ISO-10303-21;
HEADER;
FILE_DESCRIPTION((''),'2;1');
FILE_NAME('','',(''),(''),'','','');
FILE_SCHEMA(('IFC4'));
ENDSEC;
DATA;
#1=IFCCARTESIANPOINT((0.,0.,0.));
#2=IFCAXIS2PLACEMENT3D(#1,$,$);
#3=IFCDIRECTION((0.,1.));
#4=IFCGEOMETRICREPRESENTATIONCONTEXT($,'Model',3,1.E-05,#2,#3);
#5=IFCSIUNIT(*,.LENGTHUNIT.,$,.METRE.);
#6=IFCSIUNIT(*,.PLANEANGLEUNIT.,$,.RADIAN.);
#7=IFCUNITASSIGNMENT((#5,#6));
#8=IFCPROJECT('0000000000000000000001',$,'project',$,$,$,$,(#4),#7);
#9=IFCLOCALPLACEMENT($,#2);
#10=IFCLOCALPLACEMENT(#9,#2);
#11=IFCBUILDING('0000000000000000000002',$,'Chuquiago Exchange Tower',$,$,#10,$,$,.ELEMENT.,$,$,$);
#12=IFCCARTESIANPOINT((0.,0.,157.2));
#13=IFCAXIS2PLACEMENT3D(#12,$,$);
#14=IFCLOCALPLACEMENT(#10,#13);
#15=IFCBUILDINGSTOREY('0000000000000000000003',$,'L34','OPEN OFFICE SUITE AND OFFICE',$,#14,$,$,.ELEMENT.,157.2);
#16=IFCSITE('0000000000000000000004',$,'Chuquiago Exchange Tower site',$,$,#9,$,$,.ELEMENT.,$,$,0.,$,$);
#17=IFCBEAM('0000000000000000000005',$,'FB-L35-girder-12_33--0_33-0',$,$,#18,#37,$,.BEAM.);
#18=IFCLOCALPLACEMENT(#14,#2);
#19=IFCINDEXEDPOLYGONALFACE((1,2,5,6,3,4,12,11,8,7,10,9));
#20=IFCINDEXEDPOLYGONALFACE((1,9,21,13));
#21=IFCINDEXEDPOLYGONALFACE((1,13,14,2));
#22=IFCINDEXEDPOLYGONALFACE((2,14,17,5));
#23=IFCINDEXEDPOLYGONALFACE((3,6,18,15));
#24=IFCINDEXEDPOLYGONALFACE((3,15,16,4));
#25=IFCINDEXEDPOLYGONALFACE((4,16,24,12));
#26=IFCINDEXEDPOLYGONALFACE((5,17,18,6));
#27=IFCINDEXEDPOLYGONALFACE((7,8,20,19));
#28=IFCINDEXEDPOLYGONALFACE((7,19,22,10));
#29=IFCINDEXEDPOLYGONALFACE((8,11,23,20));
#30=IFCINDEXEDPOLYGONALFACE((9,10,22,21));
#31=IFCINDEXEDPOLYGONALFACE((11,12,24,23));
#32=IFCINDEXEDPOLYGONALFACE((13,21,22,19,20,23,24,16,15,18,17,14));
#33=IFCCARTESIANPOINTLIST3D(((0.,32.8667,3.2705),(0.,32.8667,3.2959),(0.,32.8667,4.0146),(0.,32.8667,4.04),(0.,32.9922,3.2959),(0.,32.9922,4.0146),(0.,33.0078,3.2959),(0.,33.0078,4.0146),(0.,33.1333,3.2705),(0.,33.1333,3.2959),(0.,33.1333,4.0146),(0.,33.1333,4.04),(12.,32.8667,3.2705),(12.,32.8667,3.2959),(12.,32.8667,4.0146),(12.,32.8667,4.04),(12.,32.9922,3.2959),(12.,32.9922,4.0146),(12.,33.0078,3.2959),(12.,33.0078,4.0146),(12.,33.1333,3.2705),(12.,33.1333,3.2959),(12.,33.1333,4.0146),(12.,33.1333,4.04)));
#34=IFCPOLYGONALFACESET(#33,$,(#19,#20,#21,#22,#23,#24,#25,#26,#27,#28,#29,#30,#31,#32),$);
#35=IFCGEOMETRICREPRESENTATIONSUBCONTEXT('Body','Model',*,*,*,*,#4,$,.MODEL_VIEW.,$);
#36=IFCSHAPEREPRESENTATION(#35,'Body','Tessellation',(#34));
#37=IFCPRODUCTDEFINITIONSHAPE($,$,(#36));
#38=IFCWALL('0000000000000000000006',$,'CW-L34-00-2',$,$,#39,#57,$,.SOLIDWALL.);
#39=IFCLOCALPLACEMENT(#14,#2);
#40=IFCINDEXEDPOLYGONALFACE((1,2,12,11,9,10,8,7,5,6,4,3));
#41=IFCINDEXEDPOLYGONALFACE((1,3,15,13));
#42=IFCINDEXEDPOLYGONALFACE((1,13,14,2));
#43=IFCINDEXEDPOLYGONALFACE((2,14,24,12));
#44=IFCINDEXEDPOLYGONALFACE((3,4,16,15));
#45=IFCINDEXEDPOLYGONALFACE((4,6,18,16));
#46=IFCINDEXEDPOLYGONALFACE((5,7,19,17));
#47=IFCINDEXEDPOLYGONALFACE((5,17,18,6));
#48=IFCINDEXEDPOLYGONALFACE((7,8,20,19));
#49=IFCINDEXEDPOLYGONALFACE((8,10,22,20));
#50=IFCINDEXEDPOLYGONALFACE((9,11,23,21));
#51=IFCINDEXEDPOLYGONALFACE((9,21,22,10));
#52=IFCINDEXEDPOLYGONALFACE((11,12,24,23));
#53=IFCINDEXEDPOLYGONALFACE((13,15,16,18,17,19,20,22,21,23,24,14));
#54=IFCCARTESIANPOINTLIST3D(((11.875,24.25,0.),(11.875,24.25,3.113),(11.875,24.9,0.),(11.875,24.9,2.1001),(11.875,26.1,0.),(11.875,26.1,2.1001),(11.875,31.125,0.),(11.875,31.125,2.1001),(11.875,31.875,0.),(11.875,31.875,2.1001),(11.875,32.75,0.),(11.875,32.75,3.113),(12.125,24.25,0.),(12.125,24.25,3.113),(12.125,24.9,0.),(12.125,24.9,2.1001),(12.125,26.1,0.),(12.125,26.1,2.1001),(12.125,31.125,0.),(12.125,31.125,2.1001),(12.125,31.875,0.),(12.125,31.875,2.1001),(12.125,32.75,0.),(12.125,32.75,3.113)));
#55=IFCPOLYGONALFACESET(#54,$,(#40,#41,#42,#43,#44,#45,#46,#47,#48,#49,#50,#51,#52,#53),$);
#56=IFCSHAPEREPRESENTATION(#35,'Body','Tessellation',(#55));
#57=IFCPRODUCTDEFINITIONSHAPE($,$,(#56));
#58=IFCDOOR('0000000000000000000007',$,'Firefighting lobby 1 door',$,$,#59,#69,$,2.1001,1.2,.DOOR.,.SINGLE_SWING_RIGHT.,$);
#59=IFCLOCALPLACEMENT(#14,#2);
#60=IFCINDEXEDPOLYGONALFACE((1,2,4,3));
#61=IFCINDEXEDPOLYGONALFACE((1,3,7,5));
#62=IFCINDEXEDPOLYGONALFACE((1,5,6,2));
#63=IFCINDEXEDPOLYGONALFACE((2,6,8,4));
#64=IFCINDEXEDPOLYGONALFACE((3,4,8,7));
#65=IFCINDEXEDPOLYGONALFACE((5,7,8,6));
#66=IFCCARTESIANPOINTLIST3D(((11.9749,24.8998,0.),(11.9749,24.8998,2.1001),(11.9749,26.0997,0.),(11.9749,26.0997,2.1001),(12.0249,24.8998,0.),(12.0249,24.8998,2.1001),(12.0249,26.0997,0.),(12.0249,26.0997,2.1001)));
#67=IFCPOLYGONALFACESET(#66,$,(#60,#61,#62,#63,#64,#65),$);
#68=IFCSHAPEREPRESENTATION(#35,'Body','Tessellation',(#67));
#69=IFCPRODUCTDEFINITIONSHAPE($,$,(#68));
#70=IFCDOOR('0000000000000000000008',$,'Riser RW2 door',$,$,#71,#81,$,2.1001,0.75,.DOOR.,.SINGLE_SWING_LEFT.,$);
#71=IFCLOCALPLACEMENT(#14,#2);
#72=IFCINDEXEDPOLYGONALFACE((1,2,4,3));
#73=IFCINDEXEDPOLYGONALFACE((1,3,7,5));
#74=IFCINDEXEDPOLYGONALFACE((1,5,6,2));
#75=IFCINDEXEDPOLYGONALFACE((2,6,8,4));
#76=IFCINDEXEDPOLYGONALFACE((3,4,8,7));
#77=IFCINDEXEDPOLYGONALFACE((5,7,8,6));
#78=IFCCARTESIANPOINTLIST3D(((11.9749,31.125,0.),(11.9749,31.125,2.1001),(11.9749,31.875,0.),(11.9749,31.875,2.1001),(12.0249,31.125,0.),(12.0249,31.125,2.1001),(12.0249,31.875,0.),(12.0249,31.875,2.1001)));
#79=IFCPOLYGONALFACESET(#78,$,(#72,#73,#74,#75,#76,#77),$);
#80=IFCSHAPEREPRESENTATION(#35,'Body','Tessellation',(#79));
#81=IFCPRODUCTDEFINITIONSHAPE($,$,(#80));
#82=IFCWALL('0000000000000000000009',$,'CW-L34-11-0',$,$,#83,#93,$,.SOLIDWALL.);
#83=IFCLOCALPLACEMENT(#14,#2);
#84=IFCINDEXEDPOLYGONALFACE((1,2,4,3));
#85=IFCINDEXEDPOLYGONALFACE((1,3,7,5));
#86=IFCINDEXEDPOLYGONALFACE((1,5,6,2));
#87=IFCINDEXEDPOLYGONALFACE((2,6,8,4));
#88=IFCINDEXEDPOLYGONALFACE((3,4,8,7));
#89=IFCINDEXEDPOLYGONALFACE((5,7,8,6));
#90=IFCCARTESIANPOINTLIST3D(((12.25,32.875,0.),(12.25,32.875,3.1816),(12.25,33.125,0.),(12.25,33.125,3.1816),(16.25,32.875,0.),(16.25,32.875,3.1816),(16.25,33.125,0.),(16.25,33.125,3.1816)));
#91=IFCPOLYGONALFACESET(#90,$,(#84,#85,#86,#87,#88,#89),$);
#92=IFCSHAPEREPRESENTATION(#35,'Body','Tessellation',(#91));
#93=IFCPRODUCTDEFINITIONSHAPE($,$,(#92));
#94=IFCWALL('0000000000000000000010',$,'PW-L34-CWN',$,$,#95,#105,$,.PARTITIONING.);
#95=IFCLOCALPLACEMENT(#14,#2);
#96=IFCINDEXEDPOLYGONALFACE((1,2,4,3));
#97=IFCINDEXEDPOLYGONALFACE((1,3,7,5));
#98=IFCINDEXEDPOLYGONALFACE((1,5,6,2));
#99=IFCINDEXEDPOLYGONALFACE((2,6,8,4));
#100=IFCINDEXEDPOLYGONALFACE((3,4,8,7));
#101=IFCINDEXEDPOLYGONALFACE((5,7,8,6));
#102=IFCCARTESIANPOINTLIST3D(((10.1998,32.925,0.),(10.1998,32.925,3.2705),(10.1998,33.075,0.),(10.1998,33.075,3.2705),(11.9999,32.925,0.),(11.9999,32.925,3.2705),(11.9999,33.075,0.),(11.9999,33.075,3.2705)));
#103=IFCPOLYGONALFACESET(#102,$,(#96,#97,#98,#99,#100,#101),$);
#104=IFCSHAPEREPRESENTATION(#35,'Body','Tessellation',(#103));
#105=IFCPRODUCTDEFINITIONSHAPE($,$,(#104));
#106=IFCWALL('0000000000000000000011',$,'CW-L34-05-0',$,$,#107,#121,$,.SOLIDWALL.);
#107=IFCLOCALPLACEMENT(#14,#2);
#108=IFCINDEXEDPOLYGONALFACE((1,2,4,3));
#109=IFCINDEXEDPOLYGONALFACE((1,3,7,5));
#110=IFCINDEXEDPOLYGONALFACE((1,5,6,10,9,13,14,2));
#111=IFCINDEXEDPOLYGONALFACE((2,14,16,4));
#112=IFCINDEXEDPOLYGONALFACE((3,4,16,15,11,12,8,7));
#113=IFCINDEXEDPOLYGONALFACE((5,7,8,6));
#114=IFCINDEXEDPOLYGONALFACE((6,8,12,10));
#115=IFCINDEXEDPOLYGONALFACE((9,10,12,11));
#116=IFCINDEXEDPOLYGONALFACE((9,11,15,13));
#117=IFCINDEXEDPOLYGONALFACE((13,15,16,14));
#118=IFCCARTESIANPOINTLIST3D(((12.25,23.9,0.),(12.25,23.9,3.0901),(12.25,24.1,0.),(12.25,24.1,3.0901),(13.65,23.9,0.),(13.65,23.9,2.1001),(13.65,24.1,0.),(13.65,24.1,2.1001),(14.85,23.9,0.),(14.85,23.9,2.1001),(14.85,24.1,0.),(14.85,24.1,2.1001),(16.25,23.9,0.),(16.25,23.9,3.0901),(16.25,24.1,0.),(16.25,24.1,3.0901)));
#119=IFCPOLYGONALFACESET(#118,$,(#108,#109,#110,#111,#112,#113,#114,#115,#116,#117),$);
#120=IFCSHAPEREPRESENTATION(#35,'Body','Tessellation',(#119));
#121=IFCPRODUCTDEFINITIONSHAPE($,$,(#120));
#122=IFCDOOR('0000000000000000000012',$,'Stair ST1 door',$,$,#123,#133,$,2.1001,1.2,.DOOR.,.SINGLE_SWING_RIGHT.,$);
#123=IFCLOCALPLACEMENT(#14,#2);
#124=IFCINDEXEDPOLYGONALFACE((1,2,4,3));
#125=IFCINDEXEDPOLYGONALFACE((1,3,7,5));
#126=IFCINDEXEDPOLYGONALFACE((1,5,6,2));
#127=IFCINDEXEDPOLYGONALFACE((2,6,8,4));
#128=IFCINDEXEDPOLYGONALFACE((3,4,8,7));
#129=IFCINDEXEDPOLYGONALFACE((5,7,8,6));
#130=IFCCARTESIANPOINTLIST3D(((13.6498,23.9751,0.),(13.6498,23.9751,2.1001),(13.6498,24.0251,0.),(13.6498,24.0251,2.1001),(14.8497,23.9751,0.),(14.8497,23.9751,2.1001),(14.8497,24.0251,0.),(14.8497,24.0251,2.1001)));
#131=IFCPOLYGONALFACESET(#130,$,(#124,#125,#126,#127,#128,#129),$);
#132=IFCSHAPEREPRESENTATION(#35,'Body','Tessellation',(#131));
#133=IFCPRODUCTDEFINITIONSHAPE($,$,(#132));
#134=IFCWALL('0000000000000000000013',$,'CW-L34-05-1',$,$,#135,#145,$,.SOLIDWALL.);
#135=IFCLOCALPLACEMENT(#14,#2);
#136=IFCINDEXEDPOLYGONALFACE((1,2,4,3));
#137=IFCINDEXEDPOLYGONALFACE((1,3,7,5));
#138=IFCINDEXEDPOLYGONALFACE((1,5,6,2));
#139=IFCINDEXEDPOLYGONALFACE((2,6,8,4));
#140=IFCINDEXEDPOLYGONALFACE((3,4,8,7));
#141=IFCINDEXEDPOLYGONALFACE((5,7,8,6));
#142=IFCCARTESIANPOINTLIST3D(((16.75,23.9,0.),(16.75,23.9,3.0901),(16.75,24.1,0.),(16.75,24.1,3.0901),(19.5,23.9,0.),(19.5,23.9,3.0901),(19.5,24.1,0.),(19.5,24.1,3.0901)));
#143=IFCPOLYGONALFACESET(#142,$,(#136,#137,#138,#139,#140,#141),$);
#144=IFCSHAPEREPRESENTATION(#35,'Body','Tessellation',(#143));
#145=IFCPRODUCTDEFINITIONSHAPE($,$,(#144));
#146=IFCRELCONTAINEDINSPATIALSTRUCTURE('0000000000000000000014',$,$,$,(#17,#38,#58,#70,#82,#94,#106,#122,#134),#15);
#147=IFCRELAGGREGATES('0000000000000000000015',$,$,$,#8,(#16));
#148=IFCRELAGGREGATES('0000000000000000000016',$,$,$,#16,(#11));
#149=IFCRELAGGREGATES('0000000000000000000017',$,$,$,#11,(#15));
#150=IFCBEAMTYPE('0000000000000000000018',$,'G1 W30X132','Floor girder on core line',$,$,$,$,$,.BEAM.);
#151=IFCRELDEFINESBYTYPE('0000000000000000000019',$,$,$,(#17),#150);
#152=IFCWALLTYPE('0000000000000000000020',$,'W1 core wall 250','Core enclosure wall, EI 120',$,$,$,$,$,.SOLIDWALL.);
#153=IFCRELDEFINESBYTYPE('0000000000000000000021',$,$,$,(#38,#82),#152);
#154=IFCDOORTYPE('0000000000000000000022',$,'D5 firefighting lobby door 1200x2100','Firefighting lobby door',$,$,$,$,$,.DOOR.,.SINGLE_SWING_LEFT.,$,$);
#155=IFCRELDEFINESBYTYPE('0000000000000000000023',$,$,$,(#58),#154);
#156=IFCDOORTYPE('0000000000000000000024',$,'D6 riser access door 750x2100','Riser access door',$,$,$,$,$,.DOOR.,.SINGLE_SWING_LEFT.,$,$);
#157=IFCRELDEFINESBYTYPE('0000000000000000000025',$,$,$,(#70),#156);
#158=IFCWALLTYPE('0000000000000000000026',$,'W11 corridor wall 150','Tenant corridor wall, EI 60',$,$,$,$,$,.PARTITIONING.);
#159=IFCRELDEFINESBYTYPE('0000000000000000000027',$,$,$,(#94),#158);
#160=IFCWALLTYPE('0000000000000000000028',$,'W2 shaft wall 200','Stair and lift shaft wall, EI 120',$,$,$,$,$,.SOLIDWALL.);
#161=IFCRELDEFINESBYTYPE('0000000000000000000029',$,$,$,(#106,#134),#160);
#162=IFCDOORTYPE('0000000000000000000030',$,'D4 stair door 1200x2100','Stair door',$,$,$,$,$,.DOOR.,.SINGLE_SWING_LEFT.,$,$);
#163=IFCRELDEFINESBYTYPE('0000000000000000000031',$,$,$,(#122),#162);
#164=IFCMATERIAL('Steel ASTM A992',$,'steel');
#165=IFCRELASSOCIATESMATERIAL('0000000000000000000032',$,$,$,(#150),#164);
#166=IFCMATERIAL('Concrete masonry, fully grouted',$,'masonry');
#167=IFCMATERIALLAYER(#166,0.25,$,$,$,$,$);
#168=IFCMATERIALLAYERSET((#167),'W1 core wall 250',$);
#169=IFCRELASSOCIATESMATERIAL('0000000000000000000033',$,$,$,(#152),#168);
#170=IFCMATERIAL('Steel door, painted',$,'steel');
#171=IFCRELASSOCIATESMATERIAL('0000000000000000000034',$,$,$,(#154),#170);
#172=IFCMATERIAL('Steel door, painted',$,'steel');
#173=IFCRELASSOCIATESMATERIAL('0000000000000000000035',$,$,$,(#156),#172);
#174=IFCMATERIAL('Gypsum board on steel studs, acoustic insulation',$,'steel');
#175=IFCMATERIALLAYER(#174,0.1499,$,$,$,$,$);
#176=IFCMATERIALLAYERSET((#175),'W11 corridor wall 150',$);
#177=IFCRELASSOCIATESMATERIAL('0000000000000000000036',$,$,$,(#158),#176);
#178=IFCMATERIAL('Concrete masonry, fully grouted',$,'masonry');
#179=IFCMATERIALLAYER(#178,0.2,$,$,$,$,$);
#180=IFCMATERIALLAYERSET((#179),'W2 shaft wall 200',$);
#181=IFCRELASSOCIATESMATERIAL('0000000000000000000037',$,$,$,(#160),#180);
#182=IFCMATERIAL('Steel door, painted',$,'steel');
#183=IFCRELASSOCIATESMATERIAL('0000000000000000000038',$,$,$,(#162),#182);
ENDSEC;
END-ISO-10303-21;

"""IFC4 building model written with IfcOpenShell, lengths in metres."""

from ifc_helpers import new_model, si_unit, direction, frame, frame_2d, origin, origin_2d, place, context, subcontext, project, spatial, rectangle, i_section, extrude, material, layer, layer_set, material_profile, profile_set, type_object, element, fill, save


model = new_model("IFC4")

# Units and contexts
model_context = context("Model", 3, precision=1e-05, world=origin(), true_north=direction((0.0, 1.0)))
body_context = subcontext(model_context, "Body", "Model", "MODEL_VIEW")
ifc_project = project(units=[si_unit("LENGTHUNIT", "METRE"), si_unit("PLANEANGLEUNIT", "RADIAN")], contexts=[model_context])

# Site, building, storey
site_placement = place(None, origin())
site = spatial("IfcSite", under=ifc_project, at=site_placement, Name="Chuquiago Exchange Tower site", CompositionType="ELEMENT", RefElevation=0.0)
building_placement = place(site_placement, origin())
building = spatial("IfcBuilding", under=site, at=building_placement, Name="Chuquiago Exchange Tower", CompositionType="ELEMENT")
storey_placement = place(building_placement, frame((0.0, 0.0, 157.2)))
storey = spatial("IfcBuildingStorey", under=building, at=storey_placement, Name="L34", Description="OPEN OFFICE SUITE AND OFFICE", CompositionType="ELEMENT", Elevation=157.2)

# Beam
ifc_material_1 = material(Name="Steel ASTM A992", Category="steel")
ifc_material_profile_1 = material_profile(ifc_material_1, i_section(OverallWidth=0.2666, OverallDepth=0.7695, WebThickness=0.0156, FlangeThickness=0.0254, at=origin_2d()), Name="W30X132")
ifc_profile_set_1 = profile_set([ifc_material_profile_1], Name="Steel ASTM A992")
beam_type_1 = type_object("IfcBeamType", Name="G1 W30X132", Description="Floor girder on core line", PredefinedType="BEAM", material=ifc_profile_set_1)
for number, where, z_axis, x_axis, name in (
    (1, (12.0, 33.0, 3.6553), (-1.0, 0.0, 0.0), (0.0, -1.0, 0.0), "FB-L35-girder-12_33--0_33-0"),
):
    element("IfcBeam", number, at=place(storey_placement, frame(where, z_axis=z_axis, x_axis=x_axis)), inside=storey, type_object=beam_type_1, Name=name, PredefinedType="BEAM", context=body_context, shape_type="SweptSolid", body=[
        extrude(i_section(OverallWidth=0.2666, OverallDepth=0.7695, WebThickness=0.0156, FlangeThickness=0.0254, at=origin_2d()), origin(), (0.0, 0.0, 1.0), 12.0),
    ])

# Wall, openings, doors
ifc_material_2 = material(Name="Concrete masonry, fully grouted", Category="masonry")
ifc_layer_1 = layer(ifc_material_2, 0.25)
ifc_layer_set_1 = layer_set([ifc_layer_1], Name="W1 core wall 250")
wall_type_1 = type_object("IfcWallType", Name="W1 core wall 250", Description="Core enclosure wall, EI 120", PredefinedType="SOLIDWALL", material=ifc_layer_set_1)
wall_1_placement = place(storey_placement, frame((12.0, 24.25, 0.0), z_axis=(0.0, 0.0, 1.0), x_axis=(0.0, 1.0, 0.0)))
wall_1 = element("IfcWall", 2, at=wall_1_placement, inside=storey, type_object=wall_type_1, Name="CW-L34-00-2", PredefinedType="SOLIDWALL", context=body_context, shape_type="SweptSolid", body=[
    extrude(rectangle(XDim=8.5, YDim=0.25, at=frame_2d((4.25, 0.0))), origin(), (0.0, 0.0, 1.0), 3.113),
])
opening_1_placement = place(wall_1_placement, frame((0.6499, 0.0, 0.0)))
opening_1 = element("IfcOpeningElement", 3, at=opening_1_placement, cuts=wall_1, PredefinedType="OPENING", context=body_context, shape_type="SweptSolid", body=[
    extrude(rectangle(XDim=1.2, YDim=2.1001, at=frame_2d((0.6001, 1.05))), frame((0.0, 0.135, 0.0), z_axis=(0.0, -1.0, 0.0), x_axis=(1.0, 0.0, 0.0)), (0.0, 0.0, 1.0), 0.27),
])
opening_2_placement = place(wall_1_placement, frame((6.875, 0.0, 0.0)))
opening_2 = element("IfcOpeningElement", 4, at=opening_2_placement, cuts=wall_1, PredefinedType="OPENING", context=body_context, shape_type="SweptSolid", body=[
    extrude(rectangle(XDim=0.75, YDim=2.1001, at=frame_2d((0.375, 1.05))), frame((0.0, 0.135, 0.0), z_axis=(0.0, -1.0, 0.0), x_axis=(1.0, 0.0, 0.0)), (0.0, 0.0, 1.0), 0.27),
])
ifc_material_3 = material(Name="Steel door, painted", Category="steel")
door_type_1 = type_object("IfcDoorType", Name="D5 firefighting lobby door 1200x2100", Description="Firefighting lobby door", OperationType="SINGLE_SWING_LEFT", PredefinedType="DOOR", material=ifc_material_3)
door_1_placement = place(opening_1_placement, frame((1.2, 0.0, 0.0), z_axis=(0.0, 0.0, 1.0), x_axis=(-1.0, 0.0, 0.0)))
door_1 = element("IfcDoor", 5, at=door_1_placement, inside=storey, type_object=door_type_1, Name="Firefighting lobby 1 door", OperationType="SINGLE_SWING_RIGHT", OverallHeight=2.1001, OverallWidth=1.2, PredefinedType="DOOR", context=body_context, shape_type="SweptSolid", body=[
    extrude(rectangle(XDim=1.2, YDim=2.1001, at=frame_2d((0.6001, 1.05))), frame((0.0, 0.0249, 0.0), z_axis=(0.0, -1.0, 0.0), x_axis=(1.0, 0.0, 0.0)), (0.0, 0.0, 1.0), 0.05),
])
fill(opening_1, door_1)
ifc_material_4 = material(Name="Steel door, painted", Category="steel")
door_type_2 = type_object("IfcDoorType", Name="D6 riser access door 750x2100", Description="Riser access door", OperationType="SINGLE_SWING_LEFT", PredefinedType="DOOR", material=ifc_material_4)
door_2_placement = place(opening_2_placement, frame((0.75, 0.0, 0.0), z_axis=(0.0, 0.0, 1.0), x_axis=(-1.0, 0.0, 0.0)))
door_2 = element("IfcDoor", 6, at=door_2_placement, inside=storey, type_object=door_type_2, Name="Riser RW2 door", OperationType="SINGLE_SWING_LEFT", OverallHeight=2.1001, OverallWidth=0.75, PredefinedType="DOOR", context=body_context, shape_type="SweptSolid", body=[
    extrude(rectangle(XDim=0.75, YDim=2.1001, at=frame_2d((0.375, 1.05))), frame((0.0, 0.0249, 0.0), z_axis=(0.0, -1.0, 0.0), x_axis=(1.0, 0.0, 0.0)), (0.0, 0.0, 1.0), 0.05),
])
fill(opening_2, door_2)

# Walls
wall_2_placement = place(storey_placement, frame((12.25, 33.0, 0.0), z_axis=(0.0, 0.0, 1.0), x_axis=(1.0, 0.0, 0.0)))
element("IfcWall", 7, at=wall_2_placement, inside=storey, type_object=wall_type_1, Name="CW-L34-11-0", PredefinedType="SOLIDWALL", context=body_context, shape_type="SweptSolid", body=[
    extrude(rectangle(XDim=4.0, YDim=0.25, at=frame_2d((2.0, 0.0))), origin(), (0.0, 0.0, 1.0), 3.1816),
])
ifc_material_5 = material(Name="Gypsum board on steel studs, acoustic insulation", Category="steel")
ifc_layer_2 = layer(ifc_material_5, 0.1499)
ifc_layer_set_2 = layer_set([ifc_layer_2], Name="W11 corridor wall 150")
wall_type_2 = type_object("IfcWallType", Name="W11 corridor wall 150", Description="Tenant corridor wall, EI 60", PredefinedType="PARTITIONING", material=ifc_layer_set_2)
wall_3_placement = place(storey_placement, frame((10.2, 33.0, 0.0), z_axis=(0.0, 0.0, 1.0), x_axis=(1.0, 0.0, 0.0)))
element("IfcWall", 8, at=wall_3_placement, inside=storey, type_object=wall_type_2, Name="PW-L34-CWN", PredefinedType="PARTITIONING", context=body_context, shape_type="SweptSolid", body=[
    extrude(rectangle(XDim=1.8, YDim=0.1499, at=frame_2d((0.8999, 0.0))), origin(), (0.0, 0.0, 1.0), 3.2705),
])

# Wall, opening, door
ifc_material_6 = material(Name="Concrete masonry, fully grouted", Category="masonry")
ifc_layer_3 = layer(ifc_material_6, 0.2)
ifc_layer_set_3 = layer_set([ifc_layer_3], Name="W2 shaft wall 200")
wall_type_3 = type_object("IfcWallType", Name="W2 shaft wall 200", Description="Stair and lift shaft wall, EI 120", PredefinedType="SOLIDWALL", material=ifc_layer_set_3)
wall_4_placement = place(storey_placement, frame((12.25, 24.0, 0.0), z_axis=(0.0, 0.0, 1.0), x_axis=(1.0, 0.0, 0.0)))
wall_4 = element("IfcWall", 9, at=wall_4_placement, inside=storey, type_object=wall_type_3, Name="CW-L34-05-0", PredefinedType="SOLIDWALL", context=body_context, shape_type="SweptSolid", body=[
    extrude(rectangle(XDim=4.0, YDim=0.2, at=frame_2d((2.0, 0.0))), origin(), (0.0, 0.0, 1.0), 3.0901),
])
opening_3_placement = place(wall_4_placement, frame((1.3999, 0.0, 0.0)))
opening_3 = element("IfcOpeningElement", 10, at=opening_3_placement, cuts=wall_4, PredefinedType="OPENING", context=body_context, shape_type="SweptSolid", body=[
    extrude(rectangle(XDim=1.2, YDim=2.1001, at=frame_2d((0.6001, 1.05))), frame((0.0, 0.1099, 0.0), z_axis=(0.0, -1.0, 0.0), x_axis=(1.0, 0.0, 0.0)), (0.0, 0.0, 1.0), 0.22),
])
ifc_material_7 = material(Name="Steel door, painted", Category="steel")
door_type_3 = type_object("IfcDoorType", Name="D4 stair door 1200x2100", Description="Stair door", OperationType="SINGLE_SWING_LEFT", PredefinedType="DOOR", material=ifc_material_7)
door_3_placement = place(opening_3_placement, frame((1.2, 0.0, 0.0), z_axis=(0.0, 0.0, 1.0), x_axis=(-1.0, 0.0, 0.0)))
door_3 = element("IfcDoor", 11, at=door_3_placement, inside=storey, type_object=door_type_3, Name="Stair ST1 door", OperationType="SINGLE_SWING_RIGHT", OverallHeight=2.1001, OverallWidth=1.2, PredefinedType="DOOR", context=body_context, shape_type="SweptSolid", body=[
    extrude(rectangle(XDim=1.2, YDim=2.1001, at=frame_2d((0.6001, 1.05))), frame((0.0, 0.0249, 0.0), z_axis=(0.0, -1.0, 0.0), x_axis=(1.0, 0.0, 0.0)), (0.0, 0.0, 1.0), 0.05),
])
fill(opening_3, door_3)

# Wall
wall_5_placement = place(storey_placement, frame((16.75, 24.0, 0.0), z_axis=(0.0, 0.0, 1.0), x_axis=(1.0, 0.0, 0.0)))
element("IfcWall", 12, at=wall_5_placement, inside=storey, type_object=wall_type_3, Name="CW-L34-05-1", PredefinedType="SOLIDWALL", context=body_context, shape_type="SweptSolid", body=[
    extrude(rectangle(XDim=2.75, YDim=0.2, at=frame_2d((1.375, 0.0))), origin(), (0.0, 0.0, 1.0), 3.0901),
])

save(model, "model.ifc")
